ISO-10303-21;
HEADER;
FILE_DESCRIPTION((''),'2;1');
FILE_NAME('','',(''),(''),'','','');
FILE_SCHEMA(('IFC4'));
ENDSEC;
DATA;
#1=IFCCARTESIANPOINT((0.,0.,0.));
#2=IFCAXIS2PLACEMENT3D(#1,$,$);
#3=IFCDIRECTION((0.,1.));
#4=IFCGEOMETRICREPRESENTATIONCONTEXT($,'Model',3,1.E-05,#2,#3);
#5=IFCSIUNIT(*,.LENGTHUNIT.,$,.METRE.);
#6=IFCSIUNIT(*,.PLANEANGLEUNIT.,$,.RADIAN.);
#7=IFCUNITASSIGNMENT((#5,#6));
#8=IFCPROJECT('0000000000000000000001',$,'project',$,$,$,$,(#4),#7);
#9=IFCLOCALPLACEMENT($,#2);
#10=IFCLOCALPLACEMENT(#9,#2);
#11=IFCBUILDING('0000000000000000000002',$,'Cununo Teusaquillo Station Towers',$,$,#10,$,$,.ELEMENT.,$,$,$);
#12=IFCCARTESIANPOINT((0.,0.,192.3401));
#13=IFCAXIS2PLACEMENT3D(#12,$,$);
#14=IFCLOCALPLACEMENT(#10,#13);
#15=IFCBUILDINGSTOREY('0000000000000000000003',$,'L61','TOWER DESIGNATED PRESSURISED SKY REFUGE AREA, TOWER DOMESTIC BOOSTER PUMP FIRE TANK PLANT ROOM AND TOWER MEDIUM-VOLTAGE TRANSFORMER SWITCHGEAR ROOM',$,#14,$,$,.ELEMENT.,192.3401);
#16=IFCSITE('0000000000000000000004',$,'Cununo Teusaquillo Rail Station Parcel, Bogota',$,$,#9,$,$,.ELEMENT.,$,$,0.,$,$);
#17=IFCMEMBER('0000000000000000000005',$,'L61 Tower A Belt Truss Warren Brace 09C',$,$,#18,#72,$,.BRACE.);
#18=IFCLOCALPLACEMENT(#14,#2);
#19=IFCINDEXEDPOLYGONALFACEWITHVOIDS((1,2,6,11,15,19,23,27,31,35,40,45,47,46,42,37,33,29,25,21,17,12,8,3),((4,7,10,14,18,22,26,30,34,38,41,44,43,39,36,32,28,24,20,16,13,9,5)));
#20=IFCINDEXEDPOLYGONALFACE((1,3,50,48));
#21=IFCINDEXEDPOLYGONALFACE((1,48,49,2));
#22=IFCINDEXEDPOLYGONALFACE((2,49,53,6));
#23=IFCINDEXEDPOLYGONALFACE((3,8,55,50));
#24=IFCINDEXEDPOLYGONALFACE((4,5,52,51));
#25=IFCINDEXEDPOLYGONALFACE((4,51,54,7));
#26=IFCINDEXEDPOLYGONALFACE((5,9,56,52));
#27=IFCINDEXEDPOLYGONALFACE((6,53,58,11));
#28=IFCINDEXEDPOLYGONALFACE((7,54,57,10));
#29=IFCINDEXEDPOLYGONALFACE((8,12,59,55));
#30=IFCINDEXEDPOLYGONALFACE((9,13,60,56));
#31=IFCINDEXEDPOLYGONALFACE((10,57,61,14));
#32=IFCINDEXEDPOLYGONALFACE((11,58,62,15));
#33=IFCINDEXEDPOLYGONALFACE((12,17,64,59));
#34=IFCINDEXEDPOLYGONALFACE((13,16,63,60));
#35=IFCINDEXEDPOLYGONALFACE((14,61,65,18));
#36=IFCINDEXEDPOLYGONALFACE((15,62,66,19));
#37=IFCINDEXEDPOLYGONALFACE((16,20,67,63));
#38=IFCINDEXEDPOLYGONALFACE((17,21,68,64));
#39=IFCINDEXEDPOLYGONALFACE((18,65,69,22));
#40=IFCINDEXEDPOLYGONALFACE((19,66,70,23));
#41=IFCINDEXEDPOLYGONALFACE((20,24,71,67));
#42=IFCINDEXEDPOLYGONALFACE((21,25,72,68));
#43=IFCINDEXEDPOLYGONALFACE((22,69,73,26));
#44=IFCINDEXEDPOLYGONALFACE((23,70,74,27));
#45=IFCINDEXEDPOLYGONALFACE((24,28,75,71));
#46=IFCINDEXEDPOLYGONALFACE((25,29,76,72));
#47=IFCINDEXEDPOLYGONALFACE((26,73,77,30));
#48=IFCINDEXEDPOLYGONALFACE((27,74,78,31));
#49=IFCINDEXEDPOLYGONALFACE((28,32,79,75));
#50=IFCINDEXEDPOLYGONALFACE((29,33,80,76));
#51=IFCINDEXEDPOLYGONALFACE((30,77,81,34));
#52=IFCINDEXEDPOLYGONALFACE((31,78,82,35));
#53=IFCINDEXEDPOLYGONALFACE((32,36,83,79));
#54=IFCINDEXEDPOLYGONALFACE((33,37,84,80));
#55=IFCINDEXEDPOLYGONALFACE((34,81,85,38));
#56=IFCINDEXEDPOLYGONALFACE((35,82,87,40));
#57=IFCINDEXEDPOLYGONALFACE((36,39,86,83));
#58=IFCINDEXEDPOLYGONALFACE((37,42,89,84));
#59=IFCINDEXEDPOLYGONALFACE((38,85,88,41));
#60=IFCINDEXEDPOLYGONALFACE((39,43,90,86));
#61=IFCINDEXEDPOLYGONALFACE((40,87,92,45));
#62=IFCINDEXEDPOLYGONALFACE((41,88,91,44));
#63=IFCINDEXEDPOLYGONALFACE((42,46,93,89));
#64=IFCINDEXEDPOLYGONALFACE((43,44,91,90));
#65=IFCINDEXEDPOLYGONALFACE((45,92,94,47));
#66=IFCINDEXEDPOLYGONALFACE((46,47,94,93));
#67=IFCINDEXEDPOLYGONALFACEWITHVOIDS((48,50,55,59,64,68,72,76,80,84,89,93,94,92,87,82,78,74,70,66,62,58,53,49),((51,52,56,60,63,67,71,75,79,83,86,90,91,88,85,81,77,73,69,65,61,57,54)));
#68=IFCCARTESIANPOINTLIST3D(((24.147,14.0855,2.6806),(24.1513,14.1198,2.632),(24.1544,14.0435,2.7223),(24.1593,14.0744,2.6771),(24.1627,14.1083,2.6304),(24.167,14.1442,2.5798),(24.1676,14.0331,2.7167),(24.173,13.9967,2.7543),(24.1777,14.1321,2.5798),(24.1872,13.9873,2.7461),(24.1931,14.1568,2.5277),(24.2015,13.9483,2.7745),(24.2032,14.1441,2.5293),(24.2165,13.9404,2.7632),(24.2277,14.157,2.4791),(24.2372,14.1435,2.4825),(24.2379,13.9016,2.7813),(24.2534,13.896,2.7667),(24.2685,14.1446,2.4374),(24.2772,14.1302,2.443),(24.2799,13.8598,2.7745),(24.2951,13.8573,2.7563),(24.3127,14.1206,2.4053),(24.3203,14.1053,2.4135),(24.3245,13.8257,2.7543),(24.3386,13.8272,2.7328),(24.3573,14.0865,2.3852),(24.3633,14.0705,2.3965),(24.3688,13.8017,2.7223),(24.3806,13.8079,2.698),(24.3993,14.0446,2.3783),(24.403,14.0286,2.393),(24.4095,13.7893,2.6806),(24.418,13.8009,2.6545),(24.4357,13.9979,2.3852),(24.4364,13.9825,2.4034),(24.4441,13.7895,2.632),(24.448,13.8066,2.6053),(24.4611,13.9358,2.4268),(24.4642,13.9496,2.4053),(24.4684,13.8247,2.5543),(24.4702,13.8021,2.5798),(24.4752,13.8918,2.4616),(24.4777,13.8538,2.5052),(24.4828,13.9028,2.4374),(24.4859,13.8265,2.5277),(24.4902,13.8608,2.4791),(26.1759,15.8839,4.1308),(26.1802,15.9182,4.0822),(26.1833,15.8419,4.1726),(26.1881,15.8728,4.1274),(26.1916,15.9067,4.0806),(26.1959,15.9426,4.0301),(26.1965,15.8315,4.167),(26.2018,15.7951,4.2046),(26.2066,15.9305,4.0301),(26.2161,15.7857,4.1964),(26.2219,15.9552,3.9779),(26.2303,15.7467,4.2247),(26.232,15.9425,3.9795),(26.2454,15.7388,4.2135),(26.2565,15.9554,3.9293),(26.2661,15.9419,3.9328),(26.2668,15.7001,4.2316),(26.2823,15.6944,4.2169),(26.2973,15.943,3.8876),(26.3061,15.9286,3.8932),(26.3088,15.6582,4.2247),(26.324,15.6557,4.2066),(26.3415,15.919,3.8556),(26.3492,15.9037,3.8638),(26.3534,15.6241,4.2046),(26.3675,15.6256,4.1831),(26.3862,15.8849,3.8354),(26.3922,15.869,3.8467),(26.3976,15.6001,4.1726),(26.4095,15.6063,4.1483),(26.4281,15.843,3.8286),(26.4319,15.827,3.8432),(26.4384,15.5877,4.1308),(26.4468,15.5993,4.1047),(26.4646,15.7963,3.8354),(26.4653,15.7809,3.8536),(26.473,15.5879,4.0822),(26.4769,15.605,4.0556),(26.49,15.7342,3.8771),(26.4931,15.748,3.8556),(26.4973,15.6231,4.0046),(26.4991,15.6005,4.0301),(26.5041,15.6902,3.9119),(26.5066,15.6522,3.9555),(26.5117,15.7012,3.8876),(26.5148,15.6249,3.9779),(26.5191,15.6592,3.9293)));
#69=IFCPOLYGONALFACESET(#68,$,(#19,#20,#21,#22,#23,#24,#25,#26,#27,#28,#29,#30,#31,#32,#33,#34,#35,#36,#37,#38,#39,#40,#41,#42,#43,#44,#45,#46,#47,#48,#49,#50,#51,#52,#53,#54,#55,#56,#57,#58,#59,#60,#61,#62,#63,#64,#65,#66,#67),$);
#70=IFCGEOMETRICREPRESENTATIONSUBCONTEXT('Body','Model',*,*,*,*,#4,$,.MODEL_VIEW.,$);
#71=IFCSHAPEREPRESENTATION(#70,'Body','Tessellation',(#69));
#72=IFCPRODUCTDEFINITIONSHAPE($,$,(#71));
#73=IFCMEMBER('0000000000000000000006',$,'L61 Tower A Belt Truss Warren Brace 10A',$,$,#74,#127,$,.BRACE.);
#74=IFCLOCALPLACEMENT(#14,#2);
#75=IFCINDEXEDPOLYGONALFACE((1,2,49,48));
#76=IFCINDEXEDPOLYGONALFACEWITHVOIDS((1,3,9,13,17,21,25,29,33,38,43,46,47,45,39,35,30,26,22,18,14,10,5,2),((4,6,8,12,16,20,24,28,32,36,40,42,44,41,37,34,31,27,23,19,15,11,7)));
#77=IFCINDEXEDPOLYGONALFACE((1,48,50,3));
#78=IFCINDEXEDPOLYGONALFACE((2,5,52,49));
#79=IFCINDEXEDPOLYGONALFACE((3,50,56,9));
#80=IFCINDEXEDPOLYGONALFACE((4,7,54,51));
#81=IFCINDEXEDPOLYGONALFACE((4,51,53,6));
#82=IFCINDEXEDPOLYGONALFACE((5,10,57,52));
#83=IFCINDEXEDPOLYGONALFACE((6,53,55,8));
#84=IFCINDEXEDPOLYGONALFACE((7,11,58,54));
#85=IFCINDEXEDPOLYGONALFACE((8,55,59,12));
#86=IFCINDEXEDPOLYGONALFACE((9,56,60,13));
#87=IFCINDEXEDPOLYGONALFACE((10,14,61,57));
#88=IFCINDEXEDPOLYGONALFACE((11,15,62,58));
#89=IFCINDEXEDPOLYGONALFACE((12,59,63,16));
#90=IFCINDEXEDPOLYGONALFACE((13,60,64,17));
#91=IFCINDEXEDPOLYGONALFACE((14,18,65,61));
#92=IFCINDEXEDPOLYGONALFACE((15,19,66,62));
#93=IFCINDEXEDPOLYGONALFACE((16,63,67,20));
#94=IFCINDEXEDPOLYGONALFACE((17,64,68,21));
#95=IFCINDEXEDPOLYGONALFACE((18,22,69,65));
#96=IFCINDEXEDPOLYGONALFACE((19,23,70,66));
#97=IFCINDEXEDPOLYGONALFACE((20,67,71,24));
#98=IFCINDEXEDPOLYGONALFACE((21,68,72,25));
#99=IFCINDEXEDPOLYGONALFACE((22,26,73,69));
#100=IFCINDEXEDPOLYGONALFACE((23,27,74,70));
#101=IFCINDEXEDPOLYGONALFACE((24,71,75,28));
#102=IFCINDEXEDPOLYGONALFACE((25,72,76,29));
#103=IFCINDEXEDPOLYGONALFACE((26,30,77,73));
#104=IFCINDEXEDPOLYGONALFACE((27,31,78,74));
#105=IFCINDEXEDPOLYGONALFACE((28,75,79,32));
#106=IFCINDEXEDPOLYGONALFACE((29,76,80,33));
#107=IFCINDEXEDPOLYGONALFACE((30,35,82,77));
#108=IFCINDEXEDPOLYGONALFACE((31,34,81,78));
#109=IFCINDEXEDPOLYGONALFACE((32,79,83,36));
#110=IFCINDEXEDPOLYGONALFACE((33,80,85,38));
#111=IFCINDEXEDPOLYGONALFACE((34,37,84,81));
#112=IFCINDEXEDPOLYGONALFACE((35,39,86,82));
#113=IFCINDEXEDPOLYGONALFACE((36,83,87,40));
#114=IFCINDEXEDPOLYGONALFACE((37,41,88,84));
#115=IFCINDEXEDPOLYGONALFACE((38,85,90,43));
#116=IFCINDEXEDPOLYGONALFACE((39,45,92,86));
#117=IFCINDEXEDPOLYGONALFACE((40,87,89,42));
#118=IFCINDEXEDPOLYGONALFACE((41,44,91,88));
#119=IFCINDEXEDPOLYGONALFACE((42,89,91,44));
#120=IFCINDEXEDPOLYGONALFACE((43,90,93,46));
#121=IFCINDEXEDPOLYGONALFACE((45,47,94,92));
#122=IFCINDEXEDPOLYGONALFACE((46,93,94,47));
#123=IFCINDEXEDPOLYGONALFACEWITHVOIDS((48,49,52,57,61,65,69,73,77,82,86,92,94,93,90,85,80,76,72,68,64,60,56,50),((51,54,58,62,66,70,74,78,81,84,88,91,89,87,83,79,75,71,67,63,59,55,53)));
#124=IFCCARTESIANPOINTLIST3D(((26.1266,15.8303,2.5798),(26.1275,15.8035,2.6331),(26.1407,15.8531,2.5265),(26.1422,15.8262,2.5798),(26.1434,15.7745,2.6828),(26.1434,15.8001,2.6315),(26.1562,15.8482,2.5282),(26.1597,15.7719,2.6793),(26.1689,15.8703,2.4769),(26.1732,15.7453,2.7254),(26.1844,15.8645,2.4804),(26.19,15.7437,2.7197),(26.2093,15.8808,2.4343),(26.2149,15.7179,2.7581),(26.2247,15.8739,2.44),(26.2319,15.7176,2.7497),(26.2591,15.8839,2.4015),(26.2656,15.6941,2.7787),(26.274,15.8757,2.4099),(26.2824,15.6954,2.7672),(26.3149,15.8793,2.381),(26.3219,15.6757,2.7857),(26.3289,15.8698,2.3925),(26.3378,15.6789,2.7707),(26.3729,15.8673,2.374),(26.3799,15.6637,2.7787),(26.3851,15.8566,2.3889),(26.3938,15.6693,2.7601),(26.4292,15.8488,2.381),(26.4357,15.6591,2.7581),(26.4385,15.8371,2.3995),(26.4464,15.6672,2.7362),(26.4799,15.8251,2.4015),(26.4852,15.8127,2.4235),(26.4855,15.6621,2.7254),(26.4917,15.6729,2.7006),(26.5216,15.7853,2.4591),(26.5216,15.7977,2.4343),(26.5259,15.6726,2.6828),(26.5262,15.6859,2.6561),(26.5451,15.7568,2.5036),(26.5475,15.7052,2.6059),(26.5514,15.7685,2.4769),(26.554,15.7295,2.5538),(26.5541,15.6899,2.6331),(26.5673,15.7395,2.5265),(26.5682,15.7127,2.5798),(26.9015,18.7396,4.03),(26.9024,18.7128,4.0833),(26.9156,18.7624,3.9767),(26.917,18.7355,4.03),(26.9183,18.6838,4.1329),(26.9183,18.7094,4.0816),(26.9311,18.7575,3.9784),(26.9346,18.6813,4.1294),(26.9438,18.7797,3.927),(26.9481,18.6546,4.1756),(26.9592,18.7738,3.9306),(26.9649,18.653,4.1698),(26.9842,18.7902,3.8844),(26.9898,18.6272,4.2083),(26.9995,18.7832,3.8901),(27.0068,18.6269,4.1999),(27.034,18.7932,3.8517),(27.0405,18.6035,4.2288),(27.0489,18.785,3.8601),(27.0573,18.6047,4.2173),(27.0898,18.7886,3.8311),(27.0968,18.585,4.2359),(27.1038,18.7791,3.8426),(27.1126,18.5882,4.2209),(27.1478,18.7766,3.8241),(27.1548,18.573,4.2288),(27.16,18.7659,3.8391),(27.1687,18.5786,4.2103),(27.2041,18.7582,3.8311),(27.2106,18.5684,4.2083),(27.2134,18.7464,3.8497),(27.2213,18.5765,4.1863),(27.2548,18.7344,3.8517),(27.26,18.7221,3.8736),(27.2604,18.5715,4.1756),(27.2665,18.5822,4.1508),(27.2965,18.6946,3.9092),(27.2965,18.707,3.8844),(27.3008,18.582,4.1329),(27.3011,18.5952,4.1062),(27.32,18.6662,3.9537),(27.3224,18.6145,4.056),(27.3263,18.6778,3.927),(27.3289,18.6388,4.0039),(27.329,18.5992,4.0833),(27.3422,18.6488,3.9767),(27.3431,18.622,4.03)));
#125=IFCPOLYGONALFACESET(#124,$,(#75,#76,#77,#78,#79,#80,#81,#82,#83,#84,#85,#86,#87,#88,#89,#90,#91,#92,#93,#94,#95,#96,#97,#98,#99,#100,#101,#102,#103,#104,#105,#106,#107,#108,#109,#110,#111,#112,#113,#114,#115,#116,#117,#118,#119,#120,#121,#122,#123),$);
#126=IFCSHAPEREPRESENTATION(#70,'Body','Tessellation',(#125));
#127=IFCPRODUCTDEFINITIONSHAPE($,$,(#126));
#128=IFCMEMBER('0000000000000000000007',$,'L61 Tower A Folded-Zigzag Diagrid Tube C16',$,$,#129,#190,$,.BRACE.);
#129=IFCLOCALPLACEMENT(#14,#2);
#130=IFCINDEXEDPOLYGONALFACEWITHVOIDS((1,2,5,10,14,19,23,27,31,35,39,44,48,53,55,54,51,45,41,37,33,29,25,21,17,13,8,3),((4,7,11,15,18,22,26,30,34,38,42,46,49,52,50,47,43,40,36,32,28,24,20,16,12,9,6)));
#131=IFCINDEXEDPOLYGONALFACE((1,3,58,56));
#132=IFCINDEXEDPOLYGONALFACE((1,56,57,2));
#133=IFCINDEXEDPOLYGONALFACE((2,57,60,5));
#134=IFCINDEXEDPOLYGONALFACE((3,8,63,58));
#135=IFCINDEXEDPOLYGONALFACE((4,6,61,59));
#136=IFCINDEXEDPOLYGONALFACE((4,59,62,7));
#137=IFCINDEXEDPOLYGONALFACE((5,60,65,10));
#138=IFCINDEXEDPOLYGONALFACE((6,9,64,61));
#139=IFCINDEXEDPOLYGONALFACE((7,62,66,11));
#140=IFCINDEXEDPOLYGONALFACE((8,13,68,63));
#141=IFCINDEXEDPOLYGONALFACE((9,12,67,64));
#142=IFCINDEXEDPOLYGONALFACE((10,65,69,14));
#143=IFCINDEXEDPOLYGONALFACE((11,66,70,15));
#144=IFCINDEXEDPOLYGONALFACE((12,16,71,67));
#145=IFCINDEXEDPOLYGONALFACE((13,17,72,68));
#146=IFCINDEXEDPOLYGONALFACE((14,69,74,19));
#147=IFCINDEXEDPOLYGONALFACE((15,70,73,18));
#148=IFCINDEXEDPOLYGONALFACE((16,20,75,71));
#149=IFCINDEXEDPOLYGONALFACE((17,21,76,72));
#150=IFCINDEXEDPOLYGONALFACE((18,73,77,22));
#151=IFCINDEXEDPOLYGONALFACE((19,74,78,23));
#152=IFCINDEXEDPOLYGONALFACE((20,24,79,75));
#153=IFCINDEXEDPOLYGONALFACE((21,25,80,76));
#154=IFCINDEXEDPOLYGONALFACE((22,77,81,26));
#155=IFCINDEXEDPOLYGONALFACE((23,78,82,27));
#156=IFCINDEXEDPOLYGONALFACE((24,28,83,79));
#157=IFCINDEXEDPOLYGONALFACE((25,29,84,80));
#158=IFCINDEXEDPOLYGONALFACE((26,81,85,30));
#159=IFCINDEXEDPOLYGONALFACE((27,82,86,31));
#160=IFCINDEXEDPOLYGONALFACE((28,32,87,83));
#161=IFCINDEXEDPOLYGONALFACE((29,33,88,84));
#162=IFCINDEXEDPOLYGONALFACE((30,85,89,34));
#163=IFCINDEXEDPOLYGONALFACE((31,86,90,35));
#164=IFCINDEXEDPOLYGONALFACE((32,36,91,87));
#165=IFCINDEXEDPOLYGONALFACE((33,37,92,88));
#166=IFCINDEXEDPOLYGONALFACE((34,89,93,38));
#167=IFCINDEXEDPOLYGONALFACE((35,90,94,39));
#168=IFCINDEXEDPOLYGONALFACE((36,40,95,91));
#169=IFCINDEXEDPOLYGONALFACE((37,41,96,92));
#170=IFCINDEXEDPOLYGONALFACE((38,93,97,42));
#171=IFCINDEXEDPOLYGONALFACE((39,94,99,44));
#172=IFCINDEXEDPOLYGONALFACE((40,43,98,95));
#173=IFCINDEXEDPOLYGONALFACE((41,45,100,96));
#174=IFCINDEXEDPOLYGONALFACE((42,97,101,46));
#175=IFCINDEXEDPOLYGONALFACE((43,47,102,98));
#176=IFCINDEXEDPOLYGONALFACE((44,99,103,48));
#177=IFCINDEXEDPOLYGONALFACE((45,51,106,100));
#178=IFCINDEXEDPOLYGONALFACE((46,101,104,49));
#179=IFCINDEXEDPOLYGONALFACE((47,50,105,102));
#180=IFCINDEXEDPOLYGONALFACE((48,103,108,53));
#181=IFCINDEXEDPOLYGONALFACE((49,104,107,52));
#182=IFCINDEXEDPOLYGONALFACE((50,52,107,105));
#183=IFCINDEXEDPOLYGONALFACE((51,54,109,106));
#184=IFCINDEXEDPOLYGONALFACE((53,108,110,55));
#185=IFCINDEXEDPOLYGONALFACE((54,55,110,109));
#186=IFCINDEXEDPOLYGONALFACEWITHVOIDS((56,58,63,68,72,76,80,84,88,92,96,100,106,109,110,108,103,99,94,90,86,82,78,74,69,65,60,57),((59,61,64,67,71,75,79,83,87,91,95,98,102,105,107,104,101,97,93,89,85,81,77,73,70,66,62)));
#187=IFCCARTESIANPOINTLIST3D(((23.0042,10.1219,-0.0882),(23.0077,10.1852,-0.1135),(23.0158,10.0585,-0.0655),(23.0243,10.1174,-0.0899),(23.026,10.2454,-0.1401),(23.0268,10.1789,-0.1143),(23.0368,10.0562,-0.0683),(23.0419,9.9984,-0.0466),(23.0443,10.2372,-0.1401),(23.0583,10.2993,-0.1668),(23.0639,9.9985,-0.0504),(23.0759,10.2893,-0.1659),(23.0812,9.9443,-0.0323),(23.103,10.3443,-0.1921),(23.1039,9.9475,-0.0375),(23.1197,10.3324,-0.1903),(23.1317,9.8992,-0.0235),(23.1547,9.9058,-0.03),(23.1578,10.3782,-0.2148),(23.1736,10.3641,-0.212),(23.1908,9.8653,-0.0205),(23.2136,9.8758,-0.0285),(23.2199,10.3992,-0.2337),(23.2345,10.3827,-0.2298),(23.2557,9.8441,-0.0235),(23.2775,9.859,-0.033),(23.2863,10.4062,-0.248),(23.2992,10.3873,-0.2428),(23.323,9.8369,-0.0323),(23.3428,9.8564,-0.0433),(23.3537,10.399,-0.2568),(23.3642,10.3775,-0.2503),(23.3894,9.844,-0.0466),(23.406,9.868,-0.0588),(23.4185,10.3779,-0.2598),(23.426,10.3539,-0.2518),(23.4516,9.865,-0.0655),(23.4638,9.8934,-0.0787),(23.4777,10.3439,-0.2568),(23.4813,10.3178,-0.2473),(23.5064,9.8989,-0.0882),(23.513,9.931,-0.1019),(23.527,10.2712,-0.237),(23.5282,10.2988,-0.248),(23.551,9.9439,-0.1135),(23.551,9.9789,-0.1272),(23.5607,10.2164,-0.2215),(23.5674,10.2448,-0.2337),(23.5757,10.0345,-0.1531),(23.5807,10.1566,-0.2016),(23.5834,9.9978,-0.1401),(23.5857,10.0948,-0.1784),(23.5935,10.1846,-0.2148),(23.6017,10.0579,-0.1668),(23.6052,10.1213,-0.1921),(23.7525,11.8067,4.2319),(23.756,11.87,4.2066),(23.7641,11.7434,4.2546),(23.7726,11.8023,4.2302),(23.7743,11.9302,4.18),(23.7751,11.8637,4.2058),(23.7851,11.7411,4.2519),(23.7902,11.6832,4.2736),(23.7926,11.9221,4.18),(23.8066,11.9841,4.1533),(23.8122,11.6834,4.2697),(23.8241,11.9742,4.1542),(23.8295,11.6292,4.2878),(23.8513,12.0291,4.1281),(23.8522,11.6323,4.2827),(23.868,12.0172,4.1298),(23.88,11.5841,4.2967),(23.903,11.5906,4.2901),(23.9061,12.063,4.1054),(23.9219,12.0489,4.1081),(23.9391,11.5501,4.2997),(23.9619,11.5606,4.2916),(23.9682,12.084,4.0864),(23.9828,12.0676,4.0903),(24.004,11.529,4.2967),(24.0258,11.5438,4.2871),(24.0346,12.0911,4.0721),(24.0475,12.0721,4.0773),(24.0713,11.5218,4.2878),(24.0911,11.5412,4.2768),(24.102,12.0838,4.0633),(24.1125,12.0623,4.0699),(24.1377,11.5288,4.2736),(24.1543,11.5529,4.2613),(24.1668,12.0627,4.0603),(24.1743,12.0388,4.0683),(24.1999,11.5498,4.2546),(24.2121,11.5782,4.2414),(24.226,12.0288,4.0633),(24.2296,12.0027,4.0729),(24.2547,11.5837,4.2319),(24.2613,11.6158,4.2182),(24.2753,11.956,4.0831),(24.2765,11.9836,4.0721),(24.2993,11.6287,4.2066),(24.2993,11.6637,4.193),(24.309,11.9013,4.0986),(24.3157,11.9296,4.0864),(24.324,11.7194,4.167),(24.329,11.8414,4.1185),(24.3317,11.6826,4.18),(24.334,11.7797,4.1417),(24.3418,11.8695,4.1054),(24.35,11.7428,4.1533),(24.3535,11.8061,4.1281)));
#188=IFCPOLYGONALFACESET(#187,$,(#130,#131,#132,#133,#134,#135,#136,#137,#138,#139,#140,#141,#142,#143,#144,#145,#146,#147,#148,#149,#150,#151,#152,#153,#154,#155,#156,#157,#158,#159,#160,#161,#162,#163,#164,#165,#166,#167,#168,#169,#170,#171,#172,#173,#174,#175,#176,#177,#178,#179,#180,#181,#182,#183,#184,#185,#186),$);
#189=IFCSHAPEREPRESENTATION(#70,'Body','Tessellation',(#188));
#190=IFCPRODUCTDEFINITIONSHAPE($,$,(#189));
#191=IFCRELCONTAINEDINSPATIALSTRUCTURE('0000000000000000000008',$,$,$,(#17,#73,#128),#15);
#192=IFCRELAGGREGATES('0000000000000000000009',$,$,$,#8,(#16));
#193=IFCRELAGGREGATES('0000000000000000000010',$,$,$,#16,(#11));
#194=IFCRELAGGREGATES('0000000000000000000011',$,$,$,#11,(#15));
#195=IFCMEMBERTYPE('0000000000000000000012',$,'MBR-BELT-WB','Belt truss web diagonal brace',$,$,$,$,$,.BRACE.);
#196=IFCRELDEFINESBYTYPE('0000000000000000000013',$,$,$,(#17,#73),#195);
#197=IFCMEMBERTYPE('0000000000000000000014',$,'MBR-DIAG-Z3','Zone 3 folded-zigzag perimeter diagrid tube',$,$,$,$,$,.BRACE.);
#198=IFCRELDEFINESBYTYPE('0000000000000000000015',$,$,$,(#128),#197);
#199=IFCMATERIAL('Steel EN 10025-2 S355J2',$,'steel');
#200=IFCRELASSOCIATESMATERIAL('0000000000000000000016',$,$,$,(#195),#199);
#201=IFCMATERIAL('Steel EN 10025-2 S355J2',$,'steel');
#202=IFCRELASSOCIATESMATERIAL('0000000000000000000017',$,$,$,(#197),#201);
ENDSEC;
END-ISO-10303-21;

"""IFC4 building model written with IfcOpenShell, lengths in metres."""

from ifc_helpers import new_model, si_unit, direction, frame, origin, origin_2d, place, context, subcontext, project, spatial, hollow_circle, extrude, material, material_profile, profile_set, type_object, element, save


model = new_model("IFC4")

# Units and contexts
model_context = context("Model", 3, precision=1e-05, world=origin(), true_north=direction((0.0, 1.0)))
body_context = subcontext(model_context, "Body", "Model", "MODEL_VIEW")
ifc_project = project(units=[si_unit("LENGTHUNIT", "METRE"), si_unit("PLANEANGLEUNIT", "RADIAN")], contexts=[model_context])

# Site, building, storey
site_placement = place(None, origin())
site = spatial("IfcSite", under=ifc_project, at=site_placement, Name="Cununo Teusaquillo Rail Station Parcel, Bogota", CompositionType="ELEMENT", RefElevation=0.0)
building_placement = place(site_placement, origin())
building = spatial("IfcBuilding", under=site, at=building_placement, Name="Cununo Teusaquillo Station Towers", CompositionType="ELEMENT")
storey_placement = place(building_placement, frame((0.0, 0.0, 192.3401)))
storey = spatial("IfcBuildingStorey", under=building, at=storey_placement, Name="L61", Description="TOWER DESIGNATED PRESSURISED SKY REFUGE AREA, TOWER DOMESTIC BOOSTER PUMP FIRE TANK PLANT ROOM AND TOWER MEDIUM-VOLTAGE TRANSFORMER SWITCHGEAR ROOM", CompositionType="ELEMENT", Elevation=192.3401)

# Members
ifc_material_1 = material(Name="Steel EN 10025-2 S355J2", Category="steel")
ifc_material_profile_1 = material_profile(ifc_material_1, hollow_circle(Radius=0.2285, WallThickness=0.0161, at=origin_2d()), Name="CHS 457x16")
ifc_profile_set_1 = profile_set([ifc_material_profile_1], Name="Steel EN 10025-2 S355J2")
member_type_1 = type_object("IfcMemberType", Name="MBR-BELT-WB", Description="Belt truss web diagonal brace", PredefinedType="BRACE", material=ifc_profile_set_1)
member_1_placement = place(storey_placement, frame((24.3186, 13.9731, 2.5798), z_axis=(0.659861, 0.584902, 0.47167), x_axis=(-0.663324, 0.748333, 0.0)))
element("IfcMember", 1, at=member_1_placement, inside=storey, type_object=member_type_1, Name="L61 Tower A Belt Truss Warren Brace 09C", PredefinedType="BRACE", context=body_context, shape_type="SweptSolid", body=[
    extrude(hollow_circle(Radius=0.2285, WallThickness=0.0161, at=origin_2d()), origin(), (0.0, 0.0, 1.0), 3.0747),
])
member_2_placement = place(storey_placement, frame((26.3474, 15.7715, 2.5798), z_axis=(0.231875, 0.87059, 0.433944), x_axis=(-0.966313, 0.25737, 0.0)))
element("IfcMember", 2, at=member_2_placement, inside=storey, type_object=member_type_1, Name="L61 Tower A Belt Truss Warren Brace 10A", PredefinedType="BRACE", context=body_context, shape_type="SweptSolid", body=[
    extrude(hollow_circle(Radius=0.2285, WallThickness=0.0161, at=origin_2d()), origin(), (0.0, 0.0, 1.0), 3.3418),
])
ifc_material_2 = material(Name="Steel EN 10025-2 S355J2", Category="steel")
ifc_material_profile_2 = material_profile(ifc_material_2, hollow_circle(Radius=0.3049, WallThickness=0.02, at=origin_2d()), Name="CHS 610x20")
ifc_profile_set_2 = profile_set([ifc_material_profile_2], Name="Steel EN 10025-2 S355J2")
member_type_2 = type_object("IfcMemberType", Name="MBR-DIAG-Z3", Description="Zone 3 folded-zigzag perimeter diagrid tube", PredefinedType="BRACE", material=ifc_profile_set_2)
member_3_placement = place(storey_placement, frame((23.3047, 10.1216, -0.1401), z_axis=(0.159314, 0.358702, 0.919756), x_axis=(-0.913915, 0.405905, 0.0)))
element("IfcMember", 3, at=member_3_placement, inside=storey, type_object=member_type_2, Name="L61 Tower A Folded-Zigzag Diagrid Tube C16", PredefinedType="BRACE", context=body_context, shape_type="SweptSolid", body=[
    extrude(hollow_circle(Radius=0.3049, WallThickness=0.02, at=origin_2d()), origin(), (0.0, 0.0, 1.0), 4.697),
])

save(model, "model.ifc")
